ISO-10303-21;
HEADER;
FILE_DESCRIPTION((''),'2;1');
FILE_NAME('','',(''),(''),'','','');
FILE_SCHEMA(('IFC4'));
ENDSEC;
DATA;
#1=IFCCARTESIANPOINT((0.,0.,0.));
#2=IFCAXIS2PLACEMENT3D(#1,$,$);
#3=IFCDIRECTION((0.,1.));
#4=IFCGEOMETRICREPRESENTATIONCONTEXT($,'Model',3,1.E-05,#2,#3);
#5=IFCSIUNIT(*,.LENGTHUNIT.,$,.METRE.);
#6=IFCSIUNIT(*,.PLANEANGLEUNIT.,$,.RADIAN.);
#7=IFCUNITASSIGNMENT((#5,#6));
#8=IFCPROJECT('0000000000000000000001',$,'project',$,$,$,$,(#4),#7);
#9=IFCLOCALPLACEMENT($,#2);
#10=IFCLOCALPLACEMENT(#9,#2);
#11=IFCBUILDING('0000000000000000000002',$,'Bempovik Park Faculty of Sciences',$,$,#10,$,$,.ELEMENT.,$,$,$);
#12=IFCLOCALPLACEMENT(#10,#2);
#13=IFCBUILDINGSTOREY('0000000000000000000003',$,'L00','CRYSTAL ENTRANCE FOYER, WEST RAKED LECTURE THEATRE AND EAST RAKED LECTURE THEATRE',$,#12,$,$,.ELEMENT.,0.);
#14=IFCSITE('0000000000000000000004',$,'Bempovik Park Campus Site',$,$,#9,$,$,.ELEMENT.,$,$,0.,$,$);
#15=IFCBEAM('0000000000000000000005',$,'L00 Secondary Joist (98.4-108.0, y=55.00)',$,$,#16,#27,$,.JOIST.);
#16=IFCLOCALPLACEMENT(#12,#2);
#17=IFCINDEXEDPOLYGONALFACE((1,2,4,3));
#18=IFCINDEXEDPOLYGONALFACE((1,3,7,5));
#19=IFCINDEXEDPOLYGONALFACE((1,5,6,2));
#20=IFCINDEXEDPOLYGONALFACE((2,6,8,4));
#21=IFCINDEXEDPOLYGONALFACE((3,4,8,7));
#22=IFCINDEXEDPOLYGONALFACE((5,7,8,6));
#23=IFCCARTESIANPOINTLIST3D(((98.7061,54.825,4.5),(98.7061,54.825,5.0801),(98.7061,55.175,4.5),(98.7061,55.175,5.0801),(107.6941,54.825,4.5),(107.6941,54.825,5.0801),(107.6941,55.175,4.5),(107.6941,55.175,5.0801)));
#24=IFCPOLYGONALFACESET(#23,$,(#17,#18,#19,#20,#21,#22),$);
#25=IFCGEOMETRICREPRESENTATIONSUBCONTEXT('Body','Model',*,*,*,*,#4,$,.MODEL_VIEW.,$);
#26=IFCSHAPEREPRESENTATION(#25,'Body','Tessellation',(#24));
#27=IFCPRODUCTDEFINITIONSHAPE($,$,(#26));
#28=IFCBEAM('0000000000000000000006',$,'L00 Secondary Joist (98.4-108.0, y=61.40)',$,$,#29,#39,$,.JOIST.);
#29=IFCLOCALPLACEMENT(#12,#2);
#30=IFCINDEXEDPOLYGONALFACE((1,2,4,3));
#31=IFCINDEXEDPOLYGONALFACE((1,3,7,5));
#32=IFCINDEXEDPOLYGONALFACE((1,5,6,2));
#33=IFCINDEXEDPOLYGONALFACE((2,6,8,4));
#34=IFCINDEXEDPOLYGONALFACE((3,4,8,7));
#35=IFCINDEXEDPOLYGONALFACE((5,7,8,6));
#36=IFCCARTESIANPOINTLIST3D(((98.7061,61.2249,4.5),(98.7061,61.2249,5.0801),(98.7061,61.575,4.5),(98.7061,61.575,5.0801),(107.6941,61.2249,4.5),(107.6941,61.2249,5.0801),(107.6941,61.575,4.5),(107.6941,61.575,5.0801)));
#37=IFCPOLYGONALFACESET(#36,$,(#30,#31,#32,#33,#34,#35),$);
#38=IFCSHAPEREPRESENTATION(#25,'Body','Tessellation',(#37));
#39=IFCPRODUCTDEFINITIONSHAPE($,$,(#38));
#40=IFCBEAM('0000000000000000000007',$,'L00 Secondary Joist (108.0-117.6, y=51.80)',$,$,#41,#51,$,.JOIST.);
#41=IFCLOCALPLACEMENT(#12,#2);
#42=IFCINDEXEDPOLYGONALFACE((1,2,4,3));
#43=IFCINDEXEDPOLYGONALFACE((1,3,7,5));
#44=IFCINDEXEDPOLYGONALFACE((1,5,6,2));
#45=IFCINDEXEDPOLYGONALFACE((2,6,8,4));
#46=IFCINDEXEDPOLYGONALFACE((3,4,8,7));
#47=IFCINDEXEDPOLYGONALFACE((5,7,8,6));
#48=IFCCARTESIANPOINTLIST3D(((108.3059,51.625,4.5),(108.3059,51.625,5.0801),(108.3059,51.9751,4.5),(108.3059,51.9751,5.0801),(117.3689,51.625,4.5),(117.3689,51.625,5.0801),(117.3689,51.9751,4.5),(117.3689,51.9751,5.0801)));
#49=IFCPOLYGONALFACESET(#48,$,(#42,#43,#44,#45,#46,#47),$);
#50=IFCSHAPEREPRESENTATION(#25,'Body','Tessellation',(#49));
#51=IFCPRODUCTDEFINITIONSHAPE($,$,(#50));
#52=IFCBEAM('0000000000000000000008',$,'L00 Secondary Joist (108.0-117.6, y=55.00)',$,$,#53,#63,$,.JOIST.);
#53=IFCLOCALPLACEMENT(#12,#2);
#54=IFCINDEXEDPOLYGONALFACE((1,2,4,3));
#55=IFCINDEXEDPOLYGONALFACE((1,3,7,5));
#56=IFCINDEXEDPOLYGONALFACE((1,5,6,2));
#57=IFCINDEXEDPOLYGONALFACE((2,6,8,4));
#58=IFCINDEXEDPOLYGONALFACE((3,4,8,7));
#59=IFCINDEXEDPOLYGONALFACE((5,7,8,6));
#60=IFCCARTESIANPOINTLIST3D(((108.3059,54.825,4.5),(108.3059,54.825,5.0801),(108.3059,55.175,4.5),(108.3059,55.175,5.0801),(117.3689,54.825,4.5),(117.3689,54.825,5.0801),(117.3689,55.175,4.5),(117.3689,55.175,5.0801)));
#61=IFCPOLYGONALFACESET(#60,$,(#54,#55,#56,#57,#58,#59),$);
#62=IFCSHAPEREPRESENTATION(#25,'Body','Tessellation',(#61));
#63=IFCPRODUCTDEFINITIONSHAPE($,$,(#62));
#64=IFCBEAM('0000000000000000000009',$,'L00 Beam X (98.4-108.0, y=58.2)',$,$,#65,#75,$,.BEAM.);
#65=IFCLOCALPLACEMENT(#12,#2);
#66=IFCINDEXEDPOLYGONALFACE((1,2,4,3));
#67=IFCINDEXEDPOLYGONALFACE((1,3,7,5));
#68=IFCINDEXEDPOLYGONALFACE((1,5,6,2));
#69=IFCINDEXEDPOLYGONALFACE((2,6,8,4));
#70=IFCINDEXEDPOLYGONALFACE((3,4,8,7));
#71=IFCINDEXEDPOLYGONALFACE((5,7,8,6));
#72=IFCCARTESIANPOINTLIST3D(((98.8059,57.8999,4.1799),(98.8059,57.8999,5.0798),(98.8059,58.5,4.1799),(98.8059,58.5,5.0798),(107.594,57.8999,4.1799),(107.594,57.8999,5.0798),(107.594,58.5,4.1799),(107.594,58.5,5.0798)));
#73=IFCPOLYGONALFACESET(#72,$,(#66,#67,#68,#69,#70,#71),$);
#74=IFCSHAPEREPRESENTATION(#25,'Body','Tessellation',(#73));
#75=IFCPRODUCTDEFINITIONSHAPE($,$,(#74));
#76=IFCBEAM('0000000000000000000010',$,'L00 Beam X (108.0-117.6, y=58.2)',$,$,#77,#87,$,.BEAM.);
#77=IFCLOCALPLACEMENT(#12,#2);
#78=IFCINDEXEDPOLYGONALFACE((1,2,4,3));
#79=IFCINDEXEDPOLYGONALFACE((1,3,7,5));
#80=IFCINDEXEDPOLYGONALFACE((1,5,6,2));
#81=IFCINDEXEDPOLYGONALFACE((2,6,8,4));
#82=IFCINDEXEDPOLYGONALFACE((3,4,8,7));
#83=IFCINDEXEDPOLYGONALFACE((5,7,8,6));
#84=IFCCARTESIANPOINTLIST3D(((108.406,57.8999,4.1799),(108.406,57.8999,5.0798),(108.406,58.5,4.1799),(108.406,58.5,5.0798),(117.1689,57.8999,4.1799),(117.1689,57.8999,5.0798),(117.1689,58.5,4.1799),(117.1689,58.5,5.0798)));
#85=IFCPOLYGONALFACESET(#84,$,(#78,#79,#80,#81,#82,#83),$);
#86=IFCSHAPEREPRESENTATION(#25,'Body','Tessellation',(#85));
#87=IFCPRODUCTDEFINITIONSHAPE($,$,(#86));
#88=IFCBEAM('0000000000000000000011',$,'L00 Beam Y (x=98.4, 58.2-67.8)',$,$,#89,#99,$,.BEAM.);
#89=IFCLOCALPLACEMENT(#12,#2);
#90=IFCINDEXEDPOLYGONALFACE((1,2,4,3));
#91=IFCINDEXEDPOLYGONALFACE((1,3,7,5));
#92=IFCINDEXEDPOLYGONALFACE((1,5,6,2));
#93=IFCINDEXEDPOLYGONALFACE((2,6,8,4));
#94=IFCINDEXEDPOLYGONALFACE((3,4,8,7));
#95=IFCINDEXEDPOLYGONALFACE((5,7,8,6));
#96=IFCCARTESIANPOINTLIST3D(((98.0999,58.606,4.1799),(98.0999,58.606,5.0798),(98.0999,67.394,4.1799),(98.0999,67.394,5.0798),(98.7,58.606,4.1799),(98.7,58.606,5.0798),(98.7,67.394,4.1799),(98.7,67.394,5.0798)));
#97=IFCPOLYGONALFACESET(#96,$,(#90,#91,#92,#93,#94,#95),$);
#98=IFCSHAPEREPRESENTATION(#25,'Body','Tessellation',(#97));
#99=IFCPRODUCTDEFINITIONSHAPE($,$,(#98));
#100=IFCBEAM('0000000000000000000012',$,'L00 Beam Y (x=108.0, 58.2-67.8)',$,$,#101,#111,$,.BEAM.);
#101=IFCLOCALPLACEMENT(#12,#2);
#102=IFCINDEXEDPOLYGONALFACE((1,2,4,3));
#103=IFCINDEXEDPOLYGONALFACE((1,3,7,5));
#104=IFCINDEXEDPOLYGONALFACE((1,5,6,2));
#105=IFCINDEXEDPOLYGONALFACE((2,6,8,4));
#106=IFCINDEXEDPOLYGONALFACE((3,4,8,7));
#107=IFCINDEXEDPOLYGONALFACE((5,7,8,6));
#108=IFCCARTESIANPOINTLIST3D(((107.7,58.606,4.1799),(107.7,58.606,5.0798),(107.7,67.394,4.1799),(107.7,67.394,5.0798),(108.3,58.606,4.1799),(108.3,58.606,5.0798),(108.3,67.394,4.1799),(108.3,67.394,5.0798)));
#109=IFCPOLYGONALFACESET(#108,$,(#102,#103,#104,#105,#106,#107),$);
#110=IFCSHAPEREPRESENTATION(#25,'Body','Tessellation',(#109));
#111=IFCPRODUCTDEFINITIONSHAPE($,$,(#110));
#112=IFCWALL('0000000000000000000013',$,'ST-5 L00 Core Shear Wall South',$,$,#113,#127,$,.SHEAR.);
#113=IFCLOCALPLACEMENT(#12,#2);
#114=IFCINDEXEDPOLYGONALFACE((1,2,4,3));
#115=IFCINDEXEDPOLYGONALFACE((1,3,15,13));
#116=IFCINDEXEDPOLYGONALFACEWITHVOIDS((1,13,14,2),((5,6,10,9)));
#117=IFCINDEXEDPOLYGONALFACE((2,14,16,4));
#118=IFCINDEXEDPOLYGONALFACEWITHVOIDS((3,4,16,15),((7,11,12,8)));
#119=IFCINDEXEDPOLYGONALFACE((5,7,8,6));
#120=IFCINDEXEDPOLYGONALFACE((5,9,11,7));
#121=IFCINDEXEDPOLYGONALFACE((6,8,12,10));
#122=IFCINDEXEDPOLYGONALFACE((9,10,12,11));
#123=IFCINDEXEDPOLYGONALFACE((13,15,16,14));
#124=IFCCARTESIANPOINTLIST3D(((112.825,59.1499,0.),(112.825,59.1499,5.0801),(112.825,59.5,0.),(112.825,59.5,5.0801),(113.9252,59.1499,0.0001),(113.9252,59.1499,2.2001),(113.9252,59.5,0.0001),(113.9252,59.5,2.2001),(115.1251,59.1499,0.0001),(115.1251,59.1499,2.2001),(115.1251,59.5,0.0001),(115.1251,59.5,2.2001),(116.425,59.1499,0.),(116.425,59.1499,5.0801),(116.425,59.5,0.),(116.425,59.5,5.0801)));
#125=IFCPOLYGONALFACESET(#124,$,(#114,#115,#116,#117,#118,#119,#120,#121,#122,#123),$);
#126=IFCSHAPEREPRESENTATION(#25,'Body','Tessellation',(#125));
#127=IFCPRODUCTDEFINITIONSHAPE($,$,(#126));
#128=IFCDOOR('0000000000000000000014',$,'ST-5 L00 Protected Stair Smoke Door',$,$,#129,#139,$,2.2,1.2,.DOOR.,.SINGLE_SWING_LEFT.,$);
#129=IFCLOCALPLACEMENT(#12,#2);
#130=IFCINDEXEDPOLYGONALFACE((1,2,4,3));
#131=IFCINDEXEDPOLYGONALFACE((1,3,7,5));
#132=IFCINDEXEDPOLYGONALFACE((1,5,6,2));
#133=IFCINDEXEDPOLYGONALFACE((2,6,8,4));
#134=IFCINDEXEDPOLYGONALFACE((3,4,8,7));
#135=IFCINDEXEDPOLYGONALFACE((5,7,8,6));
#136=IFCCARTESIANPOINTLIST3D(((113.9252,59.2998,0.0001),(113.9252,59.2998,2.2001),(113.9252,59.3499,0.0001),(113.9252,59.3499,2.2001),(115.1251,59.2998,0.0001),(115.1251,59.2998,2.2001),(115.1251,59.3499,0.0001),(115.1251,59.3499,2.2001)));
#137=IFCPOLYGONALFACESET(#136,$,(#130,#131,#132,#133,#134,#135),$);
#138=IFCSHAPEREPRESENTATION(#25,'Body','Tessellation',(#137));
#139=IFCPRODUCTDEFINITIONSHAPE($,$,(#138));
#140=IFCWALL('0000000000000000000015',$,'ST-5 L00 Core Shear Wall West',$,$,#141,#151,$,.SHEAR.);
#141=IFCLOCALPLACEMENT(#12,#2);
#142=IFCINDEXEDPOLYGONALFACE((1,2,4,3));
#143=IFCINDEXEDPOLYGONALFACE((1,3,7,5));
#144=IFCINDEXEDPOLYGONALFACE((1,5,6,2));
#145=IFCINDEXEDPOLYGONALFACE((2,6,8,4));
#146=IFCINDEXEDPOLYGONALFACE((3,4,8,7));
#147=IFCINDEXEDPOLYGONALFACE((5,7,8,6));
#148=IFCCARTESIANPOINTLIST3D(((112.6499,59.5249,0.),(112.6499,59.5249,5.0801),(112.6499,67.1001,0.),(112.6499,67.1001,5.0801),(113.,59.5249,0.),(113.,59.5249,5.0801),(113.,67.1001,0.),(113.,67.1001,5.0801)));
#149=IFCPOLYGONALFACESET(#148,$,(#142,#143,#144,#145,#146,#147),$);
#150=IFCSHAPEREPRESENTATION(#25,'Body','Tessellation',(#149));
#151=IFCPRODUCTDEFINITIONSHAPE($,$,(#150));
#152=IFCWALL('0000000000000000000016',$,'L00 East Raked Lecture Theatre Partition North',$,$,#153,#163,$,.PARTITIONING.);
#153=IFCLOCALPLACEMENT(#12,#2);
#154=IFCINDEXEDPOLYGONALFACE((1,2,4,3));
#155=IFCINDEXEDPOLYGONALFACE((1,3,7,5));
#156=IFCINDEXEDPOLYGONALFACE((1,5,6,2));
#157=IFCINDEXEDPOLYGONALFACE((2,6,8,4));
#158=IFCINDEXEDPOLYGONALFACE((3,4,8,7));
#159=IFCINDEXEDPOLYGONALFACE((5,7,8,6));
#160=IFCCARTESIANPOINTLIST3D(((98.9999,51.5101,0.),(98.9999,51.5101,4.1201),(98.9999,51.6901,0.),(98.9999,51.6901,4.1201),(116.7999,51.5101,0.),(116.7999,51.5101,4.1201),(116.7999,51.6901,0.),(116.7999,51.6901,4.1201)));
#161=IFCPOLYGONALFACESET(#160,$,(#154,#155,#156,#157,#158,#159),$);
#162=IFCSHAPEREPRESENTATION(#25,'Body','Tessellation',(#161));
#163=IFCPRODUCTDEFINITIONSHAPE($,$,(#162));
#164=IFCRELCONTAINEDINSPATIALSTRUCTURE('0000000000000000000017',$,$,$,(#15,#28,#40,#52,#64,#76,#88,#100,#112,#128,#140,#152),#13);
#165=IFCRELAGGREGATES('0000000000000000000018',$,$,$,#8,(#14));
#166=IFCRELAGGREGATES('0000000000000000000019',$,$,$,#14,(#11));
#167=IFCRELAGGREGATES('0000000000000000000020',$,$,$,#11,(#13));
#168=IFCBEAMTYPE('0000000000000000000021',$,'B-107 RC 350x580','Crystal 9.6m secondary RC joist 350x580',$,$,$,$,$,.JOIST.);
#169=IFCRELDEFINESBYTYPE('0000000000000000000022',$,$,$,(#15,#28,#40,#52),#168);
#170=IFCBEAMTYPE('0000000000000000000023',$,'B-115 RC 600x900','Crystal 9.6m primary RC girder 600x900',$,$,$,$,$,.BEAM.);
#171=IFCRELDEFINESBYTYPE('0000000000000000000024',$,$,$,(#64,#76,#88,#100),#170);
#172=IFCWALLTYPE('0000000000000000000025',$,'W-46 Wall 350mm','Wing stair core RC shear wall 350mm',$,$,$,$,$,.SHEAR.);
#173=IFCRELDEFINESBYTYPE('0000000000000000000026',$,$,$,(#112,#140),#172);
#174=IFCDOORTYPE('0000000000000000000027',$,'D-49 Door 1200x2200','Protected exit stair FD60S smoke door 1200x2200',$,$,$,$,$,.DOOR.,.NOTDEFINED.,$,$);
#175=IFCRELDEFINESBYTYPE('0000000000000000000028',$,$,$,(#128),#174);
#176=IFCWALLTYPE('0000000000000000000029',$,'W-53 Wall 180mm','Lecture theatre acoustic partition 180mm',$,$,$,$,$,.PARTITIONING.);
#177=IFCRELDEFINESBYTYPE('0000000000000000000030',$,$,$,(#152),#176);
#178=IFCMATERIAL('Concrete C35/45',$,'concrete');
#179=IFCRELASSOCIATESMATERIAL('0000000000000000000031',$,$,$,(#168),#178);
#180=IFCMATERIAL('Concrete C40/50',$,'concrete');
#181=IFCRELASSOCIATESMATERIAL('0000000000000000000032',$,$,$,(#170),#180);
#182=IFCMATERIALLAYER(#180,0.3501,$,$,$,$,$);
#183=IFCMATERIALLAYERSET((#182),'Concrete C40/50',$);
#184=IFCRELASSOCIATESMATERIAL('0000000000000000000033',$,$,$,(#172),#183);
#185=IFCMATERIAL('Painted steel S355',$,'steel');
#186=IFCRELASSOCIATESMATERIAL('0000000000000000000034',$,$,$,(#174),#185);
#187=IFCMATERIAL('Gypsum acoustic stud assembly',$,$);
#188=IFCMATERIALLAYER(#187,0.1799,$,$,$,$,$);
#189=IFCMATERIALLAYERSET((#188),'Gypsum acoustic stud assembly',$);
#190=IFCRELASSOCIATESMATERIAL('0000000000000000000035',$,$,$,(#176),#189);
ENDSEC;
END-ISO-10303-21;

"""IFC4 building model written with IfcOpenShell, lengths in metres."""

from ifc_helpers import new_model, si_unit, direction, frame, frame_2d, origin, origin_2d, place, context, subcontext, project, spatial, rectangle, extrude, material, layer, layer_set, material_profile, profile_set, type_object, element, fill, save


model = new_model("IFC4")

# Units and contexts
model_context = context("Model", 3, precision=1e-05, world=origin(), true_north=direction((0.0, 1.0)))
body_context = subcontext(model_context, "Body", "Model", "MODEL_VIEW")
ifc_project = project(units=[si_unit("LENGTHUNIT", "METRE"), si_unit("PLANEANGLEUNIT", "RADIAN")], contexts=[model_context])

# Site, building, storey
site_placement = place(None, origin())
site = spatial("IfcSite", under=ifc_project, at=site_placement, Name="Bempovik Park Campus Site", CompositionType="ELEMENT", RefElevation=0.0)
building_placement = place(site_placement, origin())
building = spatial("IfcBuilding", under=site, at=building_placement, Name="Bempovik Park Faculty of Sciences", CompositionType="ELEMENT")
storey_placement = place(building_placement, origin())
storey = spatial("IfcBuildingStorey", under=building, at=storey_placement, Name="L00", Description="CRYSTAL ENTRANCE FOYER, WEST RAKED LECTURE THEATRE AND EAST RAKED LECTURE THEATRE", CompositionType="ELEMENT", Elevation=0.0)

# Shared definitions
ifc_material_1 = material(Name="Concrete C35/45", Category="concrete")

# Shared definitions
ifc_material_2 = material(Name="Concrete C40/50", Category="concrete")

# Beams
ifc_material_profile_1 = material_profile(ifc_material_1, rectangle(XDim=0.3501, YDim=0.5801, at=origin_2d()), Name="RC 350x580")
ifc_profile_set_1 = profile_set([ifc_material_profile_1], Name="Concrete C35/45")
beam_type_1 = type_object("IfcBeamType", Name="B-107 RC 350x580", Description="Crystal 9.6m secondary RC joist 350x580", PredefinedType="JOIST", material=ifc_profile_set_1)
for number, where, z_axis, x_axis, name in (
    (1, (98.7061, 55.0, 4.79), (1.0, 0.0, 0.0), (0.0, 1.0, 0.0), "L00 Secondary Joist (98.4-108.0, y=55.00)"),
    (2, (98.7061, 61.3999, 4.79), (1.0, 0.0, 0.0), (0.0, 1.0, 0.0), "L00 Secondary Joist (98.4-108.0, y=61.40)"),
):
    element("IfcBeam", number, at=place(storey_placement, frame(where, z_axis=z_axis, x_axis=x_axis)), inside=storey, type_object=beam_type_1, Name=name, PredefinedType="JOIST", context=body_context, shape_type="SweptSolid", body=[
        extrude(rectangle(XDim=0.3501, YDim=0.5801, at=origin_2d()), origin(), (0.0, 0.0, 1.0), 8.988),
    ])
for number, where, z_axis, x_axis, name in (
    (3, (108.3059, 51.8, 4.79), (1.0, 0.0, 0.0), (0.0, 1.0, 0.0), "L00 Secondary Joist (108.0-117.6, y=51.80)"),
    (4, (108.3059, 55.0, 4.79), (1.0, 0.0, 0.0), (0.0, 1.0, 0.0), "L00 Secondary Joist (108.0-117.6, y=55.00)"),
):
    element("IfcBeam", number, at=place(storey_placement, frame(where, z_axis=z_axis, x_axis=x_axis)), inside=storey, type_object=beam_type_1, Name=name, PredefinedType="JOIST", context=body_context, shape_type="SweptSolid", body=[
        extrude(rectangle(XDim=0.3501, YDim=0.5801, at=origin_2d()), origin(), (0.0, 0.0, 1.0), 9.063),
    ])
ifc_material_profile_2 = material_profile(ifc_material_2, rectangle(XDim=0.6001, YDim=0.8999, at=origin_2d()), Name="RC 600x900")
ifc_profile_set_2 = profile_set([ifc_material_profile_2], Name="Concrete C40/50")
beam_type_2 = type_object("IfcBeamType", Name="B-115 RC 600x900", Description="Crystal 9.6m primary RC girder 600x900", PredefinedType="BEAM", material=ifc_profile_set_2)
beam_1_placement = place(storey_placement, frame((98.8059, 58.2, 4.6299), z_axis=(1.0, 0.0, 0.0), x_axis=(0.0, 1.0, 0.0)))
element("IfcBeam", 5, at=beam_1_placement, inside=storey, type_object=beam_type_2, Name="L00 Beam X (98.4-108.0, y=58.2)", PredefinedType="BEAM", context=body_context, shape_type="SweptSolid", body=[
    extrude(rectangle(XDim=0.6001, YDim=0.8999, at=origin_2d()), origin(), (0.0, 0.0, 1.0), 8.7881),
])
beam_2_placement = place(storey_placement, frame((108.406, 58.2, 4.6299), z_axis=(1.0, 0.0, 0.0), x_axis=(0.0, 1.0, 0.0)))
element("IfcBeam", 6, at=beam_2_placement, inside=storey, type_object=beam_type_2, Name="L00 Beam X (108.0-117.6, y=58.2)", PredefinedType="BEAM", context=body_context, shape_type="SweptSolid", body=[
    extrude(rectangle(XDim=0.6001, YDim=0.8999, at=origin_2d()), origin(), (0.0, 0.0, 1.0), 8.7629),
])
for number, where, z_axis, x_axis, name in (
    (7, (98.3999, 58.606, 4.6299), (0.0, 1.0, 0.0), (-1.0, 0.0, 0.0), "L00 Beam Y (x=98.4, 58.2-67.8)"),
    (8, (108.0, 58.606, 4.6299), (0.0, 1.0, 0.0), (-1.0, 0.0, 0.0), "L00 Beam Y (x=108.0, 58.2-67.8)"),
):
    element("IfcBeam", number, at=place(storey_placement, frame(where, z_axis=z_axis, x_axis=x_axis)), inside=storey, type_object=beam_type_2, Name=name, PredefinedType="BEAM", context=body_context, shape_type="SweptSolid", body=[
        extrude(rectangle(XDim=0.6001, YDim=0.8999, at=origin_2d()), origin(), (0.0, 0.0, 1.0), 8.7881),
    ])

# Wall, opening, door
ifc_layer_1 = layer(ifc_material_2, 0.3501)
ifc_layer_set_1 = layer_set([ifc_layer_1], Name="Concrete C40/50")
wall_type_1 = type_object("IfcWallType", Name="W-46 Wall 350mm", Description="Wing stair core RC shear wall 350mm", PredefinedType="SHEAR", material=ifc_layer_set_1)
wall_1_placement = place(storey_placement, frame((112.825, 59.325, 0.0), z_axis=(0.0, 0.0, 1.0), x_axis=(1.0, 0.0, 0.0)))
wall_1 = element("IfcWall", 9, at=wall_1_placement, inside=storey, type_object=wall_type_1, Name="ST-5 L00 Core Shear Wall South", PredefinedType="SHEAR", context=body_context, shape_type="SweptSolid", body=[
    extrude(rectangle(XDim=3.6001, YDim=0.3501, at=frame_2d((1.8, 0.0))), origin(), (0.0, 0.0, 1.0), 5.0801),
])
opening_placement = place(wall_1_placement, frame((1.1001, 0.0, 0.0)))
opening = element("IfcOpeningElement", 10, at=opening_placement, cuts=wall_1, PredefinedType="OPENING", context=body_context, shape_type="SweptSolid", body=[
    extrude(rectangle(XDim=1.2, YDim=2.2, at=frame_2d((0.6001, 1.1001))), frame((0.0, 0.1851, 0.0), z_axis=(0.0, -1.0, 0.0), x_axis=(1.0, 0.0, 0.0)), (0.0, 0.0, 1.0), 0.3701),
])
ifc_material_3 = material(Name="Painted steel S355", Category="steel")
door_type = type_object("IfcDoorType", Name="D-49 Door 1200x2200", Description="Protected exit stair FD60S smoke door 1200x2200", OperationType="NOTDEFINED", PredefinedType="DOOR", material=ifc_material_3)
door_placement = place(opening_placement, origin())
door = element("IfcDoor", 11, at=door_placement, inside=storey, type_object=door_type, Name="ST-5 L00 Protected Stair Smoke Door", OperationType="SINGLE_SWING_LEFT", OverallHeight=2.2, OverallWidth=1.2, PredefinedType="DOOR", context=body_context, shape_type="SweptSolid", body=[
    extrude(rectangle(XDim=1.2, YDim=2.2, at=frame_2d((0.6001, 1.1001))), frame((0.0, 0.0249, 0.0), z_axis=(0.0, -1.0, 0.0), x_axis=(1.0, 0.0, 0.0)), (0.0, 0.0, 1.0), 0.05),
])
fill(opening, door)

# Walls
wall_2_placement = place(storey_placement, frame((112.825, 59.5249, 0.0), z_axis=(0.0, 0.0, 1.0), x_axis=(0.0, 1.0, 0.0)))
element("IfcWall", 12, at=wall_2_placement, inside=storey, type_object=wall_type_1, Name="ST-5 L00 Core Shear Wall West", PredefinedType="SHEAR", context=body_context, shape_type="SweptSolid", body=[
    extrude(rectangle(XDim=7.5752, YDim=0.3501, at=frame_2d((3.7876, 0.0))), origin(), (0.0, 0.0, 1.0), 5.0801),
])
ifc_material_4 = material(Name="Gypsum acoustic stud assembly")
ifc_layer_2 = layer(ifc_material_4, 0.1799)
ifc_layer_set_2 = layer_set([ifc_layer_2], Name="Gypsum acoustic stud assembly")
wall_type_2 = type_object("IfcWallType", Name="W-53 Wall 180mm", Description="Lecture theatre acoustic partition 180mm", PredefinedType="PARTITIONING", material=ifc_layer_set_2)
wall_3_placement = place(storey_placement, frame((99.0, 51.6001, 0.0), z_axis=(0.0, 0.0, 1.0), x_axis=(1.0, 0.0, 0.0)))
element("IfcWall", 13, at=wall_3_placement, inside=storey, type_object=wall_type_2, Name="L00 East Raked Lecture Theatre Partition North", PredefinedType="PARTITIONING", context=body_context, shape_type="SweptSolid", body=[
    extrude(rectangle(XDim=17.8, YDim=0.1799, at=frame_2d((8.8999, 0.0))), origin(), (0.0, 0.0, 1.0), 4.1201),
])

save(model, "model.ifc")
